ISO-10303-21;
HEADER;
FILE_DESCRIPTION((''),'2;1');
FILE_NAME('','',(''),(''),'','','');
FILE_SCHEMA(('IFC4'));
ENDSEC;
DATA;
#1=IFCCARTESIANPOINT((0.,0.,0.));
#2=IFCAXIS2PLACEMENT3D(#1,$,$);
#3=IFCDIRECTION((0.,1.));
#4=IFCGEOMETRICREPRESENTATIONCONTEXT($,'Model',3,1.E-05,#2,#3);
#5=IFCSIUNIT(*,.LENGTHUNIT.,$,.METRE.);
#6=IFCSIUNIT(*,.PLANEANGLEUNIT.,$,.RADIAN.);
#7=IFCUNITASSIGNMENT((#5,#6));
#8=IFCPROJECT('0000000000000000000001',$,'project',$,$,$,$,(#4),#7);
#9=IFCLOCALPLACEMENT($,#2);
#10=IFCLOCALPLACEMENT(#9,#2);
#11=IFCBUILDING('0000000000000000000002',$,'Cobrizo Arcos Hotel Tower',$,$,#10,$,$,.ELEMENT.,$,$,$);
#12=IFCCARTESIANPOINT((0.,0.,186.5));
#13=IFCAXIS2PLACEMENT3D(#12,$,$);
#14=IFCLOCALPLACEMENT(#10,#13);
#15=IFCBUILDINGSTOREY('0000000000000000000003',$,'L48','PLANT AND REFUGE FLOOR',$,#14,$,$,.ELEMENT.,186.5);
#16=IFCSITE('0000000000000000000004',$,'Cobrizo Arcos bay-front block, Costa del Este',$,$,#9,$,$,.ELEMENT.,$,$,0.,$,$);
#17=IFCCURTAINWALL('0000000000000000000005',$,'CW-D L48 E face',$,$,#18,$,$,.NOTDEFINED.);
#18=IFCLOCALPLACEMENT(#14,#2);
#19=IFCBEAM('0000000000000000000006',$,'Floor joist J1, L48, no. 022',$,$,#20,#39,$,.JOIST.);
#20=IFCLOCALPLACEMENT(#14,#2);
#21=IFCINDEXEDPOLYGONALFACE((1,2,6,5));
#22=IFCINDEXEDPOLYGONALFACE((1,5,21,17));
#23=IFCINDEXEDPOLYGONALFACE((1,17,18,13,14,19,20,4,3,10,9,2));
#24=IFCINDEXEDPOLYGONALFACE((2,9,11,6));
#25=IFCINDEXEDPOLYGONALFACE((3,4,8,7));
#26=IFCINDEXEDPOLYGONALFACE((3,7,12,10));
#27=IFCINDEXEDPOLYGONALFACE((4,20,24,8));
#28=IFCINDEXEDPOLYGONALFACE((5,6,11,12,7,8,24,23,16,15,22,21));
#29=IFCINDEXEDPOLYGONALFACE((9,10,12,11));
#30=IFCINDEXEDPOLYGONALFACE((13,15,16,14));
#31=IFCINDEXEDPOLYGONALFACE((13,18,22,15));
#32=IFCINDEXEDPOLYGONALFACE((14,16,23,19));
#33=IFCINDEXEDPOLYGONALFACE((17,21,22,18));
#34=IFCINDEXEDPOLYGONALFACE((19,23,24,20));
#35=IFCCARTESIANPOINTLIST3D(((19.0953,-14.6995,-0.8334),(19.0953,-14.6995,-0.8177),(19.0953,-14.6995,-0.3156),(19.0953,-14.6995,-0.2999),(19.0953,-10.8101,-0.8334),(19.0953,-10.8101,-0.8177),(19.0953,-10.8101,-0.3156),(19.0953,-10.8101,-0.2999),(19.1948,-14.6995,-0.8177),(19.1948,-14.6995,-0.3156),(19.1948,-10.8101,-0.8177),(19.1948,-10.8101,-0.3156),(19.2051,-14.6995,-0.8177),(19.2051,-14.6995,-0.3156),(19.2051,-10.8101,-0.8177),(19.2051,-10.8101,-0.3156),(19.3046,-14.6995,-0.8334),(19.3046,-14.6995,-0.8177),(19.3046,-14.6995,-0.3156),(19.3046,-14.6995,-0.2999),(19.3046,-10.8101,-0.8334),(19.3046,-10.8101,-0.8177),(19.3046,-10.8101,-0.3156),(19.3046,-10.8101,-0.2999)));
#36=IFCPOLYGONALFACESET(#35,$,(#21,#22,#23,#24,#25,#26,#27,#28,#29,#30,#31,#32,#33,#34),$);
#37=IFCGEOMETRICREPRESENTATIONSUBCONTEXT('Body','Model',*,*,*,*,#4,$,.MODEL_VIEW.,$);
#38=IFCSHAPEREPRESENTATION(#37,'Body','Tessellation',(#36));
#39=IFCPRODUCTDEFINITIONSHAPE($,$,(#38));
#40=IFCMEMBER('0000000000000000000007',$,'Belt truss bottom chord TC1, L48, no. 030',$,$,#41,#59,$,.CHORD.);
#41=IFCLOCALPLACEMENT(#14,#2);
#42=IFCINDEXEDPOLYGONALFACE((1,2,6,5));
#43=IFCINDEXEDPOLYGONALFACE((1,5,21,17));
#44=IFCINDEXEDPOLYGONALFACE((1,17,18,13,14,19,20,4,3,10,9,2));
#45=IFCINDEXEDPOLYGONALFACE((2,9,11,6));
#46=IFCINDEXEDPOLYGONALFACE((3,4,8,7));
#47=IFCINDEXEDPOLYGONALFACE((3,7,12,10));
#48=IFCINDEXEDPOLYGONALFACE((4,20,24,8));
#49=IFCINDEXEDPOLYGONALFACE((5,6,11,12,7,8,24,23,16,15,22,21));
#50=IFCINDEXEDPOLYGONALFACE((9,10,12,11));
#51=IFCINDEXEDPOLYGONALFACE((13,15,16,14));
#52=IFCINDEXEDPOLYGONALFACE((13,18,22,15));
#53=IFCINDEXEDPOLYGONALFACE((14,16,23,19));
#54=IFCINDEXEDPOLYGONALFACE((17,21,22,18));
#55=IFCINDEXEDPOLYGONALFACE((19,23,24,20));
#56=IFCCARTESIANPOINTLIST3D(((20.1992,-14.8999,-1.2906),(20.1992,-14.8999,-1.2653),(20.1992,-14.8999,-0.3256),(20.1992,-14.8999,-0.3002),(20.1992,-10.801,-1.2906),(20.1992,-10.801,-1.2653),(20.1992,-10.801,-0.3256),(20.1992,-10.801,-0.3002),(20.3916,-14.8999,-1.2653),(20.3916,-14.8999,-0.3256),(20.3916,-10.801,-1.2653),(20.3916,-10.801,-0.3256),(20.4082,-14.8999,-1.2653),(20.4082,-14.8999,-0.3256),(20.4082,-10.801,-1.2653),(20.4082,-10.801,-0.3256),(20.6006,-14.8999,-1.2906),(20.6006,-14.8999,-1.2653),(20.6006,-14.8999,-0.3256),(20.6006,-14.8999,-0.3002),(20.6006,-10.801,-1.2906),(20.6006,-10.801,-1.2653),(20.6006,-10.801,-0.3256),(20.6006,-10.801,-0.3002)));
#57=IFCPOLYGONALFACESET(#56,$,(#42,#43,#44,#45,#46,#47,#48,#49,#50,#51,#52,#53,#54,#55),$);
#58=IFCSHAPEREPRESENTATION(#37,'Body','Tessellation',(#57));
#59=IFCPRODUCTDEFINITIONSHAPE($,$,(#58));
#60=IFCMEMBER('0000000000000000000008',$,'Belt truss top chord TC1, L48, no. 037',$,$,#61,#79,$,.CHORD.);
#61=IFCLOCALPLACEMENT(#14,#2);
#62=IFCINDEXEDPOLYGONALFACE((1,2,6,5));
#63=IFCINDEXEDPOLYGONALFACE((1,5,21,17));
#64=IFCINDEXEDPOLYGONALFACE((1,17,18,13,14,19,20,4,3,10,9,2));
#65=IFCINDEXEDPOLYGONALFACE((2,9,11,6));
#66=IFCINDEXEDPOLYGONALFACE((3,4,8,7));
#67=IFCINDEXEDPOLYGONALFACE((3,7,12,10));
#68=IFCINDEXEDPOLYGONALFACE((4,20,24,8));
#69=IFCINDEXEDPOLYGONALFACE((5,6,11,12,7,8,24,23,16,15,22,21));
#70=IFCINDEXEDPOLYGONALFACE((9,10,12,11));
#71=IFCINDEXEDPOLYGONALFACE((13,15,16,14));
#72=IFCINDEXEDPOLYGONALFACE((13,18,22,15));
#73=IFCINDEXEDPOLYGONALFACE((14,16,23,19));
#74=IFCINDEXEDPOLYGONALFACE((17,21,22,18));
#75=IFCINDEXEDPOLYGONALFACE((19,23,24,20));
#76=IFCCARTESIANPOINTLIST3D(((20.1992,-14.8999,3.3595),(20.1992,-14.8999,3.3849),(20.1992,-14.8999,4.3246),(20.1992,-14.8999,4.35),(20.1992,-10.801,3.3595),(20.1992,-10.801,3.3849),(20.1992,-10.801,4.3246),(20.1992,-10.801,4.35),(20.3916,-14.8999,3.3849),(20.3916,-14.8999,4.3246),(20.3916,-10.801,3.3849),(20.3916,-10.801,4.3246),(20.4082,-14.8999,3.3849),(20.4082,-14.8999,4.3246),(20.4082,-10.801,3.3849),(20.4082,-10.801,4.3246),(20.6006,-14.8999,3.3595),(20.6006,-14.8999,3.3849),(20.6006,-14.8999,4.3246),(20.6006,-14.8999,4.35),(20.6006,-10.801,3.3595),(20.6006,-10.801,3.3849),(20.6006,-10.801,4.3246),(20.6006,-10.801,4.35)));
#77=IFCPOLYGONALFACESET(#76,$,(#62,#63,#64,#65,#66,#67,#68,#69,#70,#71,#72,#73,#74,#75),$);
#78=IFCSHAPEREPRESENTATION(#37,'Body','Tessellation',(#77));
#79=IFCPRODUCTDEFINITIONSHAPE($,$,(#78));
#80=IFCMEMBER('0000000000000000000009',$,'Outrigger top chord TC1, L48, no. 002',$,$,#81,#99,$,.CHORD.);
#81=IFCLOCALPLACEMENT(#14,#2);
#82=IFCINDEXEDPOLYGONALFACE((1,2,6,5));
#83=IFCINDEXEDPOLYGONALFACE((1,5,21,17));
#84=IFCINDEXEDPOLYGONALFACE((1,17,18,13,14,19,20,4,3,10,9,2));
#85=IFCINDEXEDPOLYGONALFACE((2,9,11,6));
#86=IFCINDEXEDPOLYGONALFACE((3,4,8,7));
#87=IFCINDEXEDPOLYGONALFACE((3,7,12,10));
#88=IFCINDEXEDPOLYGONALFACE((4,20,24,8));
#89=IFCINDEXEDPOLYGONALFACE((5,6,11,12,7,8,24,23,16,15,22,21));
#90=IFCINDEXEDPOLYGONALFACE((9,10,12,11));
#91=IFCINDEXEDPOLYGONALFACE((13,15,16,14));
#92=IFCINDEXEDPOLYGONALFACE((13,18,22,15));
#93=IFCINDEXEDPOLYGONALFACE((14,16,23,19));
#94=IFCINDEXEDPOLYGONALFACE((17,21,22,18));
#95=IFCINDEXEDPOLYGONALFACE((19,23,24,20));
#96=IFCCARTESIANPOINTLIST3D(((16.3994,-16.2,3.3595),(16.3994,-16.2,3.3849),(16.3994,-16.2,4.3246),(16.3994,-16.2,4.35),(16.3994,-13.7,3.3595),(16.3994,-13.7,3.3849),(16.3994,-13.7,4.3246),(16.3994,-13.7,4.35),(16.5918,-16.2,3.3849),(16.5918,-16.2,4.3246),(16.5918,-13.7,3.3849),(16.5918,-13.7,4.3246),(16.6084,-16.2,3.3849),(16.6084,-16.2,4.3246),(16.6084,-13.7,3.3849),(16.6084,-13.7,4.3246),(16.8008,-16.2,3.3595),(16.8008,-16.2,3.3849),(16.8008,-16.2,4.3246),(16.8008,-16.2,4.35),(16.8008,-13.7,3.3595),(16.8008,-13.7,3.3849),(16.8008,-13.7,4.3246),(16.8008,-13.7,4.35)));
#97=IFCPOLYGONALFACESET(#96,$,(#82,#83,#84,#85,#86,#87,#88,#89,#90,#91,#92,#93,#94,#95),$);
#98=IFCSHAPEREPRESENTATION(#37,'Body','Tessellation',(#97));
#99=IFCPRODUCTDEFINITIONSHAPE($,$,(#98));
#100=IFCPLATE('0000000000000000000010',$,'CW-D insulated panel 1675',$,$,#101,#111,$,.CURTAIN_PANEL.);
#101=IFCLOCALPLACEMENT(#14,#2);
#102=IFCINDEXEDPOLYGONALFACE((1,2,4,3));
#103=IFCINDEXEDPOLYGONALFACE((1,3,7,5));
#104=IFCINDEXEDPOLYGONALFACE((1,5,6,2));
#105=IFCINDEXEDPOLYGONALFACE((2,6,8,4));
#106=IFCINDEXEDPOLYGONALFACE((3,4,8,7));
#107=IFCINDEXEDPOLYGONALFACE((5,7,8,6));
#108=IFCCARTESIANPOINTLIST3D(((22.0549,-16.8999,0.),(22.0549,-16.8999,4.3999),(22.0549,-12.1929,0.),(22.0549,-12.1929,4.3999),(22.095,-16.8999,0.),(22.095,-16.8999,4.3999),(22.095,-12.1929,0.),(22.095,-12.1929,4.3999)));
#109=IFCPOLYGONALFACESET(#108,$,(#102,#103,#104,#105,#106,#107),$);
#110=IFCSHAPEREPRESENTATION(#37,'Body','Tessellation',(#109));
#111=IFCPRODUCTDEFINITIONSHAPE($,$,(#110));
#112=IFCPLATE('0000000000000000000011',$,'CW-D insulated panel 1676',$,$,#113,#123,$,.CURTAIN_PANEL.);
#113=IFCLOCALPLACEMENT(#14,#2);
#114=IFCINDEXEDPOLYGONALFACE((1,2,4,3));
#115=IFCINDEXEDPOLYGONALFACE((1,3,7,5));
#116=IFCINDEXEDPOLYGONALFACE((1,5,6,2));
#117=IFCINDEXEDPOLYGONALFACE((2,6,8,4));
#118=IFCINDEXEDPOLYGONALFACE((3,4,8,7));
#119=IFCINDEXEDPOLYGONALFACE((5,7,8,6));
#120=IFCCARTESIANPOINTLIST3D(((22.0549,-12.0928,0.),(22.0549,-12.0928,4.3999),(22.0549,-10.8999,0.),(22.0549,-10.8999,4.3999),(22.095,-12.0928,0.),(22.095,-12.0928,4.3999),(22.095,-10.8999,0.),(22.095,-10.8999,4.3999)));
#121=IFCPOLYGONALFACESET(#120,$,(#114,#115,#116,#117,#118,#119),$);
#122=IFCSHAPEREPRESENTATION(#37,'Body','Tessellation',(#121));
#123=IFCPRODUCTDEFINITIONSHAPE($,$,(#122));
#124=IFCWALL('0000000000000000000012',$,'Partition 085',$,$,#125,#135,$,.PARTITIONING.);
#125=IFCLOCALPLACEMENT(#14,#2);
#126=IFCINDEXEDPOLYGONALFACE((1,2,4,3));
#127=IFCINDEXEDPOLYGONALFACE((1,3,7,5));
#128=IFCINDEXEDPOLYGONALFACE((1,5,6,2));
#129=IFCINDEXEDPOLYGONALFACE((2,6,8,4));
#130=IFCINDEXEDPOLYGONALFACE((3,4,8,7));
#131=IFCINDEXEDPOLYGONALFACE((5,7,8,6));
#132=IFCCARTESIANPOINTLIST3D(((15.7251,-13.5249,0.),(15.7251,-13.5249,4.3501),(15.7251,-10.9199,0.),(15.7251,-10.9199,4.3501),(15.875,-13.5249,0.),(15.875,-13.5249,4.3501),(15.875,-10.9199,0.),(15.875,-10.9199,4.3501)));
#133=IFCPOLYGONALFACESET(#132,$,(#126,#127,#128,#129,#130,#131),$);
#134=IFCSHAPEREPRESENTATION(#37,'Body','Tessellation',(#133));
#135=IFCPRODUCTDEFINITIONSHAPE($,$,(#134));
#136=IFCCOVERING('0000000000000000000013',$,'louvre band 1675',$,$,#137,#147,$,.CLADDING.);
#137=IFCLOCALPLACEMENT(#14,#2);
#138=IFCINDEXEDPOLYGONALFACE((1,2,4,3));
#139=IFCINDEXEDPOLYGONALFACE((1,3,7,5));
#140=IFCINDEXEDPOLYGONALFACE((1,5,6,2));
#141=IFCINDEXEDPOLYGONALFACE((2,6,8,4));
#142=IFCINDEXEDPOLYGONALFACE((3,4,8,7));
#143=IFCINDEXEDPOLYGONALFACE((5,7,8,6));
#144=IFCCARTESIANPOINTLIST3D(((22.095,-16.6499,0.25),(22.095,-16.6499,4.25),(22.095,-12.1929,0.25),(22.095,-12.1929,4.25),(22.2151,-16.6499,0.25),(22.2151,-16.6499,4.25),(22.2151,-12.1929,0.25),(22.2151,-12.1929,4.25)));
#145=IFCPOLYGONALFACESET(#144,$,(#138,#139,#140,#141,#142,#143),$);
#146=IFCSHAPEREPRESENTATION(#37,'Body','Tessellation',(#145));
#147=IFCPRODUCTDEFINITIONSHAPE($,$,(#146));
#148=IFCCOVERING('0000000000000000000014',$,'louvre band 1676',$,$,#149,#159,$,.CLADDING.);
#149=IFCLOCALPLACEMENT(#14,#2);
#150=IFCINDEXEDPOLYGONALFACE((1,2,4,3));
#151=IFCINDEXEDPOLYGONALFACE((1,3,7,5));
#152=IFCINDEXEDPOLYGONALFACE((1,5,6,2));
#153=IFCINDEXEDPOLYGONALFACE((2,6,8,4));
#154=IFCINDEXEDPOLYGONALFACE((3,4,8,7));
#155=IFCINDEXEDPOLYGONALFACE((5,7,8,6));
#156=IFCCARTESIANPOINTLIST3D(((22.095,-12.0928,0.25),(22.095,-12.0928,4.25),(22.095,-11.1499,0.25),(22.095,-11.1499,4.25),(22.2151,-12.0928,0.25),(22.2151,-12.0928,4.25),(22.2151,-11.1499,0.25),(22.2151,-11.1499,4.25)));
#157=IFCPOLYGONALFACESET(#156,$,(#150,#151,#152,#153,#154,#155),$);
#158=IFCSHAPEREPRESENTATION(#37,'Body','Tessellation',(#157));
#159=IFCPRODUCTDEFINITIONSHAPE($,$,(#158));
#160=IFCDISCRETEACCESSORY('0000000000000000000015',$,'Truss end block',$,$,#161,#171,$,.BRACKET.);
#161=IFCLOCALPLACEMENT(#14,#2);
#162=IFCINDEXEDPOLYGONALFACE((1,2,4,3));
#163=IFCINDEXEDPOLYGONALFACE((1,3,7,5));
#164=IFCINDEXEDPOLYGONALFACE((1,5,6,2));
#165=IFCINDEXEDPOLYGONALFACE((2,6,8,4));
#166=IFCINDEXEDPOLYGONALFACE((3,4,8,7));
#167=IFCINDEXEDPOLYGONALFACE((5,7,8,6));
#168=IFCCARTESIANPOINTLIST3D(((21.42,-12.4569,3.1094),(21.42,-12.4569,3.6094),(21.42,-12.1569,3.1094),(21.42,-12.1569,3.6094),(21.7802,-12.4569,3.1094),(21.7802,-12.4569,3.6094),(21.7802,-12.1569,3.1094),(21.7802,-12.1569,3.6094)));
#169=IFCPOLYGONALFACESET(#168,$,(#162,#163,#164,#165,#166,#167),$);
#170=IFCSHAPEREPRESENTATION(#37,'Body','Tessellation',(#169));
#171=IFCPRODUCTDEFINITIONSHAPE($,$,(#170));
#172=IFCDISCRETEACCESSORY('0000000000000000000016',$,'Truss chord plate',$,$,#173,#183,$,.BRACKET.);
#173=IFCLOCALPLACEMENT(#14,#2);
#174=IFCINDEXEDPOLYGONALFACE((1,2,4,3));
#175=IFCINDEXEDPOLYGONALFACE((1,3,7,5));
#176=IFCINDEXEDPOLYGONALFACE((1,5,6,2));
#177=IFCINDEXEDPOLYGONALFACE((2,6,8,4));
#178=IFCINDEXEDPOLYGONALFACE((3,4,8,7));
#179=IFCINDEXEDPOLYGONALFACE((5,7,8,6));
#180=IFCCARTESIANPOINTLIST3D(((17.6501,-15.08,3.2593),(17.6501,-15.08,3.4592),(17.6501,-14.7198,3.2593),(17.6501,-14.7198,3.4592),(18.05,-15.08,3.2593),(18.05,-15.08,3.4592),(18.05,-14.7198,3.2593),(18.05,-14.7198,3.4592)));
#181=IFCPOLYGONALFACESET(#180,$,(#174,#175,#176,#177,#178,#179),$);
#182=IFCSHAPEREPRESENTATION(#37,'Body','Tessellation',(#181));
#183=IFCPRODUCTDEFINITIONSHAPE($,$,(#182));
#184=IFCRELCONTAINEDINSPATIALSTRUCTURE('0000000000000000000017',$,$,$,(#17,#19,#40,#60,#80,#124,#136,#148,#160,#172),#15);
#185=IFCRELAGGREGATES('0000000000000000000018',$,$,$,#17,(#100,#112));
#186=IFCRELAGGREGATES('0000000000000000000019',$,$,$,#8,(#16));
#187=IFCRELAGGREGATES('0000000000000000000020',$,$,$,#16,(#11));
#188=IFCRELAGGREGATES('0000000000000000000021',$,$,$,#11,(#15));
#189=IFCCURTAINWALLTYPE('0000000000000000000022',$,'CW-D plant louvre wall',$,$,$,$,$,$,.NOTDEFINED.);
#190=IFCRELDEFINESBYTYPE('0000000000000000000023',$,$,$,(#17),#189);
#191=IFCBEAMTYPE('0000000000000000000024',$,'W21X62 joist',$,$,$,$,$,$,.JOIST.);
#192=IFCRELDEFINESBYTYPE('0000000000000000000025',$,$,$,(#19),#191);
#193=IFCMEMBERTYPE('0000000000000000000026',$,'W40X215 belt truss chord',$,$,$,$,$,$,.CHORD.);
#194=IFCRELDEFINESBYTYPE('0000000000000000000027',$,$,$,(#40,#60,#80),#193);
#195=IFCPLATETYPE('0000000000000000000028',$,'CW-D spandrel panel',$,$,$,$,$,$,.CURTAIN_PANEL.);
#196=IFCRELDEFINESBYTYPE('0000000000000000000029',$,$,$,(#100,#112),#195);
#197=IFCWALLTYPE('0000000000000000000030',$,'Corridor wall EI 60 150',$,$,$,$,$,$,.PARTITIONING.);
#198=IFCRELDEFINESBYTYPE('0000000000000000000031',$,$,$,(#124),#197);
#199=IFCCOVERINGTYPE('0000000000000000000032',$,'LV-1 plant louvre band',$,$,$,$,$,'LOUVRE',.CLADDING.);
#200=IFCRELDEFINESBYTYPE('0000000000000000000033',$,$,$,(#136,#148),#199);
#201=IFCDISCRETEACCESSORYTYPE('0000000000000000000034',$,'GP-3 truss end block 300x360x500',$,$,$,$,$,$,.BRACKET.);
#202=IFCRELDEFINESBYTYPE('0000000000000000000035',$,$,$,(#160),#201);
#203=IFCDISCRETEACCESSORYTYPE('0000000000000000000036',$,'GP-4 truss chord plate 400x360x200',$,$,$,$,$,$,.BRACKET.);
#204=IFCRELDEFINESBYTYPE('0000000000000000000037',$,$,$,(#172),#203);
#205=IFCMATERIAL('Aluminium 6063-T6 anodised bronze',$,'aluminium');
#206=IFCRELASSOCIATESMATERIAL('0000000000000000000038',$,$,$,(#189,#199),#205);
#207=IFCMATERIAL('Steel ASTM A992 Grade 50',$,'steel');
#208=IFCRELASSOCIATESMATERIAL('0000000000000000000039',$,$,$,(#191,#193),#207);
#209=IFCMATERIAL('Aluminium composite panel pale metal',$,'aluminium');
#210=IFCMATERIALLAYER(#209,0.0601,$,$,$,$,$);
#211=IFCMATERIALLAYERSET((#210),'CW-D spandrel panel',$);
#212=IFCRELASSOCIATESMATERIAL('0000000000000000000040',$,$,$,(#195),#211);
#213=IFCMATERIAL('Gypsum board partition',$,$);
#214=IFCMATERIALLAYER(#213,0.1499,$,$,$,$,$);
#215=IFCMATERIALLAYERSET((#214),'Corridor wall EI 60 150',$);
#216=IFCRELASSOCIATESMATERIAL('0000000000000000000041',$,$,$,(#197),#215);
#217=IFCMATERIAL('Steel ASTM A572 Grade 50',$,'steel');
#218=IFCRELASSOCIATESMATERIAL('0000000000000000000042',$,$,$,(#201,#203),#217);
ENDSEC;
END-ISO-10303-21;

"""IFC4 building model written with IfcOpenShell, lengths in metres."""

from ifc_helpers import new_model, si_unit, direction, frame, frame_2d, origin, origin_2d, place, context, subcontext, project, spatial, rectangle, i_section, extrude, material, layer, layer_set, material_profile, profile_set, type_object, element, aggregate, save


model = new_model("IFC4")

# Units and contexts
model_context = context("Model", 3, precision=1e-05, world=origin(), true_north=direction((0.0, 1.0)))
body_context = subcontext(model_context, "Body", "Model", "MODEL_VIEW")
ifc_project = project(units=[si_unit("LENGTHUNIT", "METRE"), si_unit("PLANEANGLEUNIT", "RADIAN")], contexts=[model_context])

# Site, building, storey
site_placement = place(None, origin())
site = spatial("IfcSite", under=ifc_project, at=site_placement, Name="Cobrizo Arcos bay-front block, Costa del Este", CompositionType="ELEMENT", RefElevation=0.0)
building_placement = place(site_placement, origin())
building = spatial("IfcBuilding", under=site, at=building_placement, Name="Cobrizo Arcos Hotel Tower", CompositionType="ELEMENT")
storey_placement = place(building_placement, frame((0.0, 0.0, 186.5)))
storey = spatial("IfcBuildingStorey", under=building, at=storey_placement, Name="L48", Description="PLANT AND REFUGE FLOOR", CompositionType="ELEMENT", Elevation=186.5)

# Shared definitions
ifc_material_1 = material(Name="Steel ASTM A572 Grade 50", Category="steel")

# Curtain wall
ifc_material_2 = material(Name="Aluminium 6063-T6 anodised bronze", Category="aluminium")
curtain_wall_type = type_object("IfcCurtainWallType", Name="CW-D plant louvre wall", PredefinedType="NOTDEFINED", material=ifc_material_2)
curtain_wall_placement = place(storey_placement, origin())
curtain_wall = element("IfcCurtainWall", 1, at=curtain_wall_placement, inside=storey, type_object=curtain_wall_type, Name="CW-D L48 E face", PredefinedType="NOTDEFINED")

# Shared definitions
ifc_material_3 = material(Name="Steel ASTM A992 Grade 50", Category="steel")

# Beam
ifc_material_profile_1 = material_profile(ifc_material_3, i_section(OverallWidth=0.2092, OverallDepth=0.5334, WebThickness=0.0103, FlangeThickness=0.0156, at=origin_2d()), Name="W21X62")
ifc_profile_set_1 = profile_set([ifc_material_profile_1], Name="Steel ASTM A992 Grade 50")
beam_type = type_object("IfcBeamType", Name="W21X62 joist", PredefinedType="JOIST", material=ifc_profile_set_1)
beam_placement = place(storey_placement, frame((19.2, -14.6995, -0.5667), z_axis=(0.0, 1.0, 0.0), x_axis=(-1.0, 0.0, 0.0)))
element("IfcBeam", 2, at=beam_placement, inside=storey, type_object=beam_type, Name="Floor joist J1, L48, no. 022", PredefinedType="JOIST", context=body_context, shape_type="SweptSolid", body=[
    extrude(i_section(OverallWidth=0.2092, OverallDepth=0.5334, WebThickness=0.0103, FlangeThickness=0.0156, at=origin_2d()), origin(), (0.0, 0.0, 1.0), 3.8894),
])

# Members
ifc_material_profile_2 = material_profile(ifc_material_3, i_section(OverallWidth=0.4014, OverallDepth=0.9905, WebThickness=0.0166, FlangeThickness=0.0254, at=origin_2d()), Name="W40X215")
ifc_profile_set_2 = profile_set([ifc_material_profile_2], Name="Steel ASTM A992 Grade 50")
member_type_1 = type_object("IfcMemberType", Name="W40X215 belt truss chord", PredefinedType="CHORD", material=ifc_profile_set_2)
for number, where, z_axis, x_axis, name in (
    (3, (20.3999, -14.8999, -0.7954), (0.0, 1.0, 0.0), (-1.0, 0.0, 0.0), "Belt truss bottom chord TC1, L48, no. 030"),
    (4, (20.3999, -14.8999, 3.8547), (0.0, 1.0, 0.0), (-1.0, 0.0, 0.0), "Belt truss top chord TC1, L48, no. 037"),
):
    element("IfcMember", number, at=place(storey_placement, frame(where, z_axis=z_axis, x_axis=x_axis)), inside=storey, type_object=member_type_1, Name=name, PredefinedType="CHORD", context=body_context, shape_type="SweptSolid", body=[
        extrude(i_section(OverallWidth=0.4014, OverallDepth=0.9905, WebThickness=0.0166, FlangeThickness=0.0254, at=origin_2d()), origin(), (0.0, 0.0, 1.0), 4.0989),
    ])
member_1_placement = place(storey_placement, frame((16.6001, -13.7, 3.8547), z_axis=(0.0, -1.0, 0.0), x_axis=(1.0, 0.0, 0.0)))
element("IfcMember", 5, at=member_1_placement, inside=storey, type_object=member_type_1, Name="Outrigger top chord TC1, L48, no. 002", PredefinedType="CHORD", context=body_context, shape_type="SweptSolid", body=[
    extrude(i_section(OverallWidth=0.4014, OverallDepth=0.9905, WebThickness=0.0166, FlangeThickness=0.0254, at=origin_2d()), origin(), (0.0, 0.0, 1.0), 2.5),
])

# Plates
ifc_material_4 = material(Name="Aluminium composite panel pale metal", Category="aluminium")
ifc_layer_1 = layer(ifc_material_4, 0.0601)
ifc_layer_set_1 = layer_set([ifc_layer_1], Name="CW-D spandrel panel")
plate_type = type_object("IfcPlateType", Name="CW-D spandrel panel", PredefinedType="CURTAIN_PANEL", material=ifc_layer_set_1)
plate_1_placement = place(storey_placement, frame((22.075, -14.5464, 0.0), z_axis=(0.0, 0.0, 1.0), x_axis=(0.0, 1.0, 0.0)))
plate_1 = element("IfcPlate", 6, at=plate_1_placement, type_object=plate_type, Name="CW-D insulated panel 1675", PredefinedType="CURTAIN_PANEL", context=body_context, shape_type="SweptSolid", body=[
    extrude(rectangle(XDim=4.707, YDim=0.04, at=origin_2d()), origin(), (0.0, 0.0, 1.0), 4.3999),
])
plate_2_placement = place(storey_placement, frame((22.075, -11.4963, 0.0), z_axis=(0.0, 0.0, 1.0), x_axis=(0.0, 1.0, 0.0)))
plate_2 = element("IfcPlate", 7, at=plate_2_placement, type_object=plate_type, Name="CW-D insulated panel 1676", PredefinedType="CURTAIN_PANEL", context=body_context, shape_type="SweptSolid", body=[
    extrude(rectangle(XDim=1.1929, YDim=0.04, at=origin_2d()), origin(), (0.0, 0.0, 1.0), 4.3999),
])
aggregate(curtain_wall, [plate_1, plate_2])

# Wall
ifc_material_5 = material(Name="Gypsum board partition")
ifc_layer_2 = layer(ifc_material_5, 0.1499)
ifc_layer_set_2 = layer_set([ifc_layer_2], Name="Corridor wall EI 60 150")
wall_type = type_object("IfcWallType", Name="Corridor wall EI 60 150", PredefinedType="PARTITIONING", material=ifc_layer_set_2)
wall_placement = place(storey_placement, frame((15.8, -13.5249, 0.0), z_axis=(0.0, 0.0, 1.0), x_axis=(0.0, 1.0, 0.0)))
element("IfcWall", 8, at=wall_placement, inside=storey, type_object=wall_type, Name="Partition 085", PredefinedType="PARTITIONING", context=body_context, shape_type="SweptSolid", body=[
    extrude(rectangle(XDim=2.605, YDim=0.1499, at=frame_2d((1.3025, 0.0))), origin(), (0.0, 0.0, 1.0), 4.3501),
])

# Coverings
covering_type = type_object("IfcCoveringType", Name="LV-1 plant louvre band", ElementType="LOUVRE", PredefinedType="CLADDING", material=ifc_material_2)
covering_1_placement = place(storey_placement, frame((22.155, -14.4214, 0.25), z_axis=(0.0, 0.0, 1.0), x_axis=(0.0, 1.0, 0.0)))
element("IfcCovering", 9, at=covering_1_placement, inside=storey, type_object=covering_type, Name="louvre band 1675", PredefinedType="CLADDING", context=body_context, shape_type="SweptSolid", body=[
    extrude(rectangle(XDim=4.457, YDim=0.1201, at=origin_2d()), origin(), (0.0, 0.0, 1.0), 4.0),
])
covering_2_placement = place(storey_placement, frame((22.155, -11.6213, 0.25), z_axis=(0.0, 0.0, 1.0), x_axis=(0.0, 1.0, 0.0)))
element("IfcCovering", 10, at=covering_2_placement, inside=storey, type_object=covering_type, Name="louvre band 1676", PredefinedType="CLADDING", context=body_context, shape_type="SweptSolid", body=[
    extrude(rectangle(XDim=0.9429, YDim=0.1201, at=origin_2d()), origin(), (0.0, 0.0, 1.0), 4.0),
])

# Discrete accessories
discrete_accessory_type_1 = type_object("IfcDiscreteAccessoryType", Name="GP-3 truss end block 300x360x500", PredefinedType="BRACKET", material=ifc_material_1)
discrete_accessory_placement = place(storey_placement, frame((21.6001, -12.3069, 3.1094), z_axis=(0.0, 0.0, 1.0), x_axis=(0.0, -1.0, 0.0)))
element("IfcDiscreteAccessory", 11, at=discrete_accessory_placement, inside=storey, type_object=discrete_accessory_type_1, Name="Truss end block", PredefinedType="BRACKET", context=body_context, shape_type="SweptSolid", body=[
    extrude(rectangle(XDim=0.3, YDim=0.3601, at=origin_2d()), origin(), (0.0, 0.0, 1.0), 0.5),
])
discrete_accessory_type_2 = type_object("IfcDiscreteAccessoryType", Name="GP-4 truss chord plate 400x360x200", PredefinedType="BRACKET", material=ifc_material_1)
for number, where, z_axis, x_axis, name in (
    (12, (17.8501, -14.8999, 3.2593), (0.0, 0.0, 1.0), (1.0, 0.0, 0.0), "Truss chord plate"),
):
    element("IfcDiscreteAccessory", number, at=place(storey_placement, frame(where, z_axis=z_axis, x_axis=x_axis)), inside=storey, type_object=discrete_accessory_type_2, Name=name, PredefinedType="BRACKET", context=body_context, shape_type="SweptSolid", body=[
        extrude(rectangle(XDim=0.3999, YDim=0.3601, at=origin_2d()), origin(), (0.0, 0.0, 1.0), 0.2),
    ])

save(model, "model.ifc")
